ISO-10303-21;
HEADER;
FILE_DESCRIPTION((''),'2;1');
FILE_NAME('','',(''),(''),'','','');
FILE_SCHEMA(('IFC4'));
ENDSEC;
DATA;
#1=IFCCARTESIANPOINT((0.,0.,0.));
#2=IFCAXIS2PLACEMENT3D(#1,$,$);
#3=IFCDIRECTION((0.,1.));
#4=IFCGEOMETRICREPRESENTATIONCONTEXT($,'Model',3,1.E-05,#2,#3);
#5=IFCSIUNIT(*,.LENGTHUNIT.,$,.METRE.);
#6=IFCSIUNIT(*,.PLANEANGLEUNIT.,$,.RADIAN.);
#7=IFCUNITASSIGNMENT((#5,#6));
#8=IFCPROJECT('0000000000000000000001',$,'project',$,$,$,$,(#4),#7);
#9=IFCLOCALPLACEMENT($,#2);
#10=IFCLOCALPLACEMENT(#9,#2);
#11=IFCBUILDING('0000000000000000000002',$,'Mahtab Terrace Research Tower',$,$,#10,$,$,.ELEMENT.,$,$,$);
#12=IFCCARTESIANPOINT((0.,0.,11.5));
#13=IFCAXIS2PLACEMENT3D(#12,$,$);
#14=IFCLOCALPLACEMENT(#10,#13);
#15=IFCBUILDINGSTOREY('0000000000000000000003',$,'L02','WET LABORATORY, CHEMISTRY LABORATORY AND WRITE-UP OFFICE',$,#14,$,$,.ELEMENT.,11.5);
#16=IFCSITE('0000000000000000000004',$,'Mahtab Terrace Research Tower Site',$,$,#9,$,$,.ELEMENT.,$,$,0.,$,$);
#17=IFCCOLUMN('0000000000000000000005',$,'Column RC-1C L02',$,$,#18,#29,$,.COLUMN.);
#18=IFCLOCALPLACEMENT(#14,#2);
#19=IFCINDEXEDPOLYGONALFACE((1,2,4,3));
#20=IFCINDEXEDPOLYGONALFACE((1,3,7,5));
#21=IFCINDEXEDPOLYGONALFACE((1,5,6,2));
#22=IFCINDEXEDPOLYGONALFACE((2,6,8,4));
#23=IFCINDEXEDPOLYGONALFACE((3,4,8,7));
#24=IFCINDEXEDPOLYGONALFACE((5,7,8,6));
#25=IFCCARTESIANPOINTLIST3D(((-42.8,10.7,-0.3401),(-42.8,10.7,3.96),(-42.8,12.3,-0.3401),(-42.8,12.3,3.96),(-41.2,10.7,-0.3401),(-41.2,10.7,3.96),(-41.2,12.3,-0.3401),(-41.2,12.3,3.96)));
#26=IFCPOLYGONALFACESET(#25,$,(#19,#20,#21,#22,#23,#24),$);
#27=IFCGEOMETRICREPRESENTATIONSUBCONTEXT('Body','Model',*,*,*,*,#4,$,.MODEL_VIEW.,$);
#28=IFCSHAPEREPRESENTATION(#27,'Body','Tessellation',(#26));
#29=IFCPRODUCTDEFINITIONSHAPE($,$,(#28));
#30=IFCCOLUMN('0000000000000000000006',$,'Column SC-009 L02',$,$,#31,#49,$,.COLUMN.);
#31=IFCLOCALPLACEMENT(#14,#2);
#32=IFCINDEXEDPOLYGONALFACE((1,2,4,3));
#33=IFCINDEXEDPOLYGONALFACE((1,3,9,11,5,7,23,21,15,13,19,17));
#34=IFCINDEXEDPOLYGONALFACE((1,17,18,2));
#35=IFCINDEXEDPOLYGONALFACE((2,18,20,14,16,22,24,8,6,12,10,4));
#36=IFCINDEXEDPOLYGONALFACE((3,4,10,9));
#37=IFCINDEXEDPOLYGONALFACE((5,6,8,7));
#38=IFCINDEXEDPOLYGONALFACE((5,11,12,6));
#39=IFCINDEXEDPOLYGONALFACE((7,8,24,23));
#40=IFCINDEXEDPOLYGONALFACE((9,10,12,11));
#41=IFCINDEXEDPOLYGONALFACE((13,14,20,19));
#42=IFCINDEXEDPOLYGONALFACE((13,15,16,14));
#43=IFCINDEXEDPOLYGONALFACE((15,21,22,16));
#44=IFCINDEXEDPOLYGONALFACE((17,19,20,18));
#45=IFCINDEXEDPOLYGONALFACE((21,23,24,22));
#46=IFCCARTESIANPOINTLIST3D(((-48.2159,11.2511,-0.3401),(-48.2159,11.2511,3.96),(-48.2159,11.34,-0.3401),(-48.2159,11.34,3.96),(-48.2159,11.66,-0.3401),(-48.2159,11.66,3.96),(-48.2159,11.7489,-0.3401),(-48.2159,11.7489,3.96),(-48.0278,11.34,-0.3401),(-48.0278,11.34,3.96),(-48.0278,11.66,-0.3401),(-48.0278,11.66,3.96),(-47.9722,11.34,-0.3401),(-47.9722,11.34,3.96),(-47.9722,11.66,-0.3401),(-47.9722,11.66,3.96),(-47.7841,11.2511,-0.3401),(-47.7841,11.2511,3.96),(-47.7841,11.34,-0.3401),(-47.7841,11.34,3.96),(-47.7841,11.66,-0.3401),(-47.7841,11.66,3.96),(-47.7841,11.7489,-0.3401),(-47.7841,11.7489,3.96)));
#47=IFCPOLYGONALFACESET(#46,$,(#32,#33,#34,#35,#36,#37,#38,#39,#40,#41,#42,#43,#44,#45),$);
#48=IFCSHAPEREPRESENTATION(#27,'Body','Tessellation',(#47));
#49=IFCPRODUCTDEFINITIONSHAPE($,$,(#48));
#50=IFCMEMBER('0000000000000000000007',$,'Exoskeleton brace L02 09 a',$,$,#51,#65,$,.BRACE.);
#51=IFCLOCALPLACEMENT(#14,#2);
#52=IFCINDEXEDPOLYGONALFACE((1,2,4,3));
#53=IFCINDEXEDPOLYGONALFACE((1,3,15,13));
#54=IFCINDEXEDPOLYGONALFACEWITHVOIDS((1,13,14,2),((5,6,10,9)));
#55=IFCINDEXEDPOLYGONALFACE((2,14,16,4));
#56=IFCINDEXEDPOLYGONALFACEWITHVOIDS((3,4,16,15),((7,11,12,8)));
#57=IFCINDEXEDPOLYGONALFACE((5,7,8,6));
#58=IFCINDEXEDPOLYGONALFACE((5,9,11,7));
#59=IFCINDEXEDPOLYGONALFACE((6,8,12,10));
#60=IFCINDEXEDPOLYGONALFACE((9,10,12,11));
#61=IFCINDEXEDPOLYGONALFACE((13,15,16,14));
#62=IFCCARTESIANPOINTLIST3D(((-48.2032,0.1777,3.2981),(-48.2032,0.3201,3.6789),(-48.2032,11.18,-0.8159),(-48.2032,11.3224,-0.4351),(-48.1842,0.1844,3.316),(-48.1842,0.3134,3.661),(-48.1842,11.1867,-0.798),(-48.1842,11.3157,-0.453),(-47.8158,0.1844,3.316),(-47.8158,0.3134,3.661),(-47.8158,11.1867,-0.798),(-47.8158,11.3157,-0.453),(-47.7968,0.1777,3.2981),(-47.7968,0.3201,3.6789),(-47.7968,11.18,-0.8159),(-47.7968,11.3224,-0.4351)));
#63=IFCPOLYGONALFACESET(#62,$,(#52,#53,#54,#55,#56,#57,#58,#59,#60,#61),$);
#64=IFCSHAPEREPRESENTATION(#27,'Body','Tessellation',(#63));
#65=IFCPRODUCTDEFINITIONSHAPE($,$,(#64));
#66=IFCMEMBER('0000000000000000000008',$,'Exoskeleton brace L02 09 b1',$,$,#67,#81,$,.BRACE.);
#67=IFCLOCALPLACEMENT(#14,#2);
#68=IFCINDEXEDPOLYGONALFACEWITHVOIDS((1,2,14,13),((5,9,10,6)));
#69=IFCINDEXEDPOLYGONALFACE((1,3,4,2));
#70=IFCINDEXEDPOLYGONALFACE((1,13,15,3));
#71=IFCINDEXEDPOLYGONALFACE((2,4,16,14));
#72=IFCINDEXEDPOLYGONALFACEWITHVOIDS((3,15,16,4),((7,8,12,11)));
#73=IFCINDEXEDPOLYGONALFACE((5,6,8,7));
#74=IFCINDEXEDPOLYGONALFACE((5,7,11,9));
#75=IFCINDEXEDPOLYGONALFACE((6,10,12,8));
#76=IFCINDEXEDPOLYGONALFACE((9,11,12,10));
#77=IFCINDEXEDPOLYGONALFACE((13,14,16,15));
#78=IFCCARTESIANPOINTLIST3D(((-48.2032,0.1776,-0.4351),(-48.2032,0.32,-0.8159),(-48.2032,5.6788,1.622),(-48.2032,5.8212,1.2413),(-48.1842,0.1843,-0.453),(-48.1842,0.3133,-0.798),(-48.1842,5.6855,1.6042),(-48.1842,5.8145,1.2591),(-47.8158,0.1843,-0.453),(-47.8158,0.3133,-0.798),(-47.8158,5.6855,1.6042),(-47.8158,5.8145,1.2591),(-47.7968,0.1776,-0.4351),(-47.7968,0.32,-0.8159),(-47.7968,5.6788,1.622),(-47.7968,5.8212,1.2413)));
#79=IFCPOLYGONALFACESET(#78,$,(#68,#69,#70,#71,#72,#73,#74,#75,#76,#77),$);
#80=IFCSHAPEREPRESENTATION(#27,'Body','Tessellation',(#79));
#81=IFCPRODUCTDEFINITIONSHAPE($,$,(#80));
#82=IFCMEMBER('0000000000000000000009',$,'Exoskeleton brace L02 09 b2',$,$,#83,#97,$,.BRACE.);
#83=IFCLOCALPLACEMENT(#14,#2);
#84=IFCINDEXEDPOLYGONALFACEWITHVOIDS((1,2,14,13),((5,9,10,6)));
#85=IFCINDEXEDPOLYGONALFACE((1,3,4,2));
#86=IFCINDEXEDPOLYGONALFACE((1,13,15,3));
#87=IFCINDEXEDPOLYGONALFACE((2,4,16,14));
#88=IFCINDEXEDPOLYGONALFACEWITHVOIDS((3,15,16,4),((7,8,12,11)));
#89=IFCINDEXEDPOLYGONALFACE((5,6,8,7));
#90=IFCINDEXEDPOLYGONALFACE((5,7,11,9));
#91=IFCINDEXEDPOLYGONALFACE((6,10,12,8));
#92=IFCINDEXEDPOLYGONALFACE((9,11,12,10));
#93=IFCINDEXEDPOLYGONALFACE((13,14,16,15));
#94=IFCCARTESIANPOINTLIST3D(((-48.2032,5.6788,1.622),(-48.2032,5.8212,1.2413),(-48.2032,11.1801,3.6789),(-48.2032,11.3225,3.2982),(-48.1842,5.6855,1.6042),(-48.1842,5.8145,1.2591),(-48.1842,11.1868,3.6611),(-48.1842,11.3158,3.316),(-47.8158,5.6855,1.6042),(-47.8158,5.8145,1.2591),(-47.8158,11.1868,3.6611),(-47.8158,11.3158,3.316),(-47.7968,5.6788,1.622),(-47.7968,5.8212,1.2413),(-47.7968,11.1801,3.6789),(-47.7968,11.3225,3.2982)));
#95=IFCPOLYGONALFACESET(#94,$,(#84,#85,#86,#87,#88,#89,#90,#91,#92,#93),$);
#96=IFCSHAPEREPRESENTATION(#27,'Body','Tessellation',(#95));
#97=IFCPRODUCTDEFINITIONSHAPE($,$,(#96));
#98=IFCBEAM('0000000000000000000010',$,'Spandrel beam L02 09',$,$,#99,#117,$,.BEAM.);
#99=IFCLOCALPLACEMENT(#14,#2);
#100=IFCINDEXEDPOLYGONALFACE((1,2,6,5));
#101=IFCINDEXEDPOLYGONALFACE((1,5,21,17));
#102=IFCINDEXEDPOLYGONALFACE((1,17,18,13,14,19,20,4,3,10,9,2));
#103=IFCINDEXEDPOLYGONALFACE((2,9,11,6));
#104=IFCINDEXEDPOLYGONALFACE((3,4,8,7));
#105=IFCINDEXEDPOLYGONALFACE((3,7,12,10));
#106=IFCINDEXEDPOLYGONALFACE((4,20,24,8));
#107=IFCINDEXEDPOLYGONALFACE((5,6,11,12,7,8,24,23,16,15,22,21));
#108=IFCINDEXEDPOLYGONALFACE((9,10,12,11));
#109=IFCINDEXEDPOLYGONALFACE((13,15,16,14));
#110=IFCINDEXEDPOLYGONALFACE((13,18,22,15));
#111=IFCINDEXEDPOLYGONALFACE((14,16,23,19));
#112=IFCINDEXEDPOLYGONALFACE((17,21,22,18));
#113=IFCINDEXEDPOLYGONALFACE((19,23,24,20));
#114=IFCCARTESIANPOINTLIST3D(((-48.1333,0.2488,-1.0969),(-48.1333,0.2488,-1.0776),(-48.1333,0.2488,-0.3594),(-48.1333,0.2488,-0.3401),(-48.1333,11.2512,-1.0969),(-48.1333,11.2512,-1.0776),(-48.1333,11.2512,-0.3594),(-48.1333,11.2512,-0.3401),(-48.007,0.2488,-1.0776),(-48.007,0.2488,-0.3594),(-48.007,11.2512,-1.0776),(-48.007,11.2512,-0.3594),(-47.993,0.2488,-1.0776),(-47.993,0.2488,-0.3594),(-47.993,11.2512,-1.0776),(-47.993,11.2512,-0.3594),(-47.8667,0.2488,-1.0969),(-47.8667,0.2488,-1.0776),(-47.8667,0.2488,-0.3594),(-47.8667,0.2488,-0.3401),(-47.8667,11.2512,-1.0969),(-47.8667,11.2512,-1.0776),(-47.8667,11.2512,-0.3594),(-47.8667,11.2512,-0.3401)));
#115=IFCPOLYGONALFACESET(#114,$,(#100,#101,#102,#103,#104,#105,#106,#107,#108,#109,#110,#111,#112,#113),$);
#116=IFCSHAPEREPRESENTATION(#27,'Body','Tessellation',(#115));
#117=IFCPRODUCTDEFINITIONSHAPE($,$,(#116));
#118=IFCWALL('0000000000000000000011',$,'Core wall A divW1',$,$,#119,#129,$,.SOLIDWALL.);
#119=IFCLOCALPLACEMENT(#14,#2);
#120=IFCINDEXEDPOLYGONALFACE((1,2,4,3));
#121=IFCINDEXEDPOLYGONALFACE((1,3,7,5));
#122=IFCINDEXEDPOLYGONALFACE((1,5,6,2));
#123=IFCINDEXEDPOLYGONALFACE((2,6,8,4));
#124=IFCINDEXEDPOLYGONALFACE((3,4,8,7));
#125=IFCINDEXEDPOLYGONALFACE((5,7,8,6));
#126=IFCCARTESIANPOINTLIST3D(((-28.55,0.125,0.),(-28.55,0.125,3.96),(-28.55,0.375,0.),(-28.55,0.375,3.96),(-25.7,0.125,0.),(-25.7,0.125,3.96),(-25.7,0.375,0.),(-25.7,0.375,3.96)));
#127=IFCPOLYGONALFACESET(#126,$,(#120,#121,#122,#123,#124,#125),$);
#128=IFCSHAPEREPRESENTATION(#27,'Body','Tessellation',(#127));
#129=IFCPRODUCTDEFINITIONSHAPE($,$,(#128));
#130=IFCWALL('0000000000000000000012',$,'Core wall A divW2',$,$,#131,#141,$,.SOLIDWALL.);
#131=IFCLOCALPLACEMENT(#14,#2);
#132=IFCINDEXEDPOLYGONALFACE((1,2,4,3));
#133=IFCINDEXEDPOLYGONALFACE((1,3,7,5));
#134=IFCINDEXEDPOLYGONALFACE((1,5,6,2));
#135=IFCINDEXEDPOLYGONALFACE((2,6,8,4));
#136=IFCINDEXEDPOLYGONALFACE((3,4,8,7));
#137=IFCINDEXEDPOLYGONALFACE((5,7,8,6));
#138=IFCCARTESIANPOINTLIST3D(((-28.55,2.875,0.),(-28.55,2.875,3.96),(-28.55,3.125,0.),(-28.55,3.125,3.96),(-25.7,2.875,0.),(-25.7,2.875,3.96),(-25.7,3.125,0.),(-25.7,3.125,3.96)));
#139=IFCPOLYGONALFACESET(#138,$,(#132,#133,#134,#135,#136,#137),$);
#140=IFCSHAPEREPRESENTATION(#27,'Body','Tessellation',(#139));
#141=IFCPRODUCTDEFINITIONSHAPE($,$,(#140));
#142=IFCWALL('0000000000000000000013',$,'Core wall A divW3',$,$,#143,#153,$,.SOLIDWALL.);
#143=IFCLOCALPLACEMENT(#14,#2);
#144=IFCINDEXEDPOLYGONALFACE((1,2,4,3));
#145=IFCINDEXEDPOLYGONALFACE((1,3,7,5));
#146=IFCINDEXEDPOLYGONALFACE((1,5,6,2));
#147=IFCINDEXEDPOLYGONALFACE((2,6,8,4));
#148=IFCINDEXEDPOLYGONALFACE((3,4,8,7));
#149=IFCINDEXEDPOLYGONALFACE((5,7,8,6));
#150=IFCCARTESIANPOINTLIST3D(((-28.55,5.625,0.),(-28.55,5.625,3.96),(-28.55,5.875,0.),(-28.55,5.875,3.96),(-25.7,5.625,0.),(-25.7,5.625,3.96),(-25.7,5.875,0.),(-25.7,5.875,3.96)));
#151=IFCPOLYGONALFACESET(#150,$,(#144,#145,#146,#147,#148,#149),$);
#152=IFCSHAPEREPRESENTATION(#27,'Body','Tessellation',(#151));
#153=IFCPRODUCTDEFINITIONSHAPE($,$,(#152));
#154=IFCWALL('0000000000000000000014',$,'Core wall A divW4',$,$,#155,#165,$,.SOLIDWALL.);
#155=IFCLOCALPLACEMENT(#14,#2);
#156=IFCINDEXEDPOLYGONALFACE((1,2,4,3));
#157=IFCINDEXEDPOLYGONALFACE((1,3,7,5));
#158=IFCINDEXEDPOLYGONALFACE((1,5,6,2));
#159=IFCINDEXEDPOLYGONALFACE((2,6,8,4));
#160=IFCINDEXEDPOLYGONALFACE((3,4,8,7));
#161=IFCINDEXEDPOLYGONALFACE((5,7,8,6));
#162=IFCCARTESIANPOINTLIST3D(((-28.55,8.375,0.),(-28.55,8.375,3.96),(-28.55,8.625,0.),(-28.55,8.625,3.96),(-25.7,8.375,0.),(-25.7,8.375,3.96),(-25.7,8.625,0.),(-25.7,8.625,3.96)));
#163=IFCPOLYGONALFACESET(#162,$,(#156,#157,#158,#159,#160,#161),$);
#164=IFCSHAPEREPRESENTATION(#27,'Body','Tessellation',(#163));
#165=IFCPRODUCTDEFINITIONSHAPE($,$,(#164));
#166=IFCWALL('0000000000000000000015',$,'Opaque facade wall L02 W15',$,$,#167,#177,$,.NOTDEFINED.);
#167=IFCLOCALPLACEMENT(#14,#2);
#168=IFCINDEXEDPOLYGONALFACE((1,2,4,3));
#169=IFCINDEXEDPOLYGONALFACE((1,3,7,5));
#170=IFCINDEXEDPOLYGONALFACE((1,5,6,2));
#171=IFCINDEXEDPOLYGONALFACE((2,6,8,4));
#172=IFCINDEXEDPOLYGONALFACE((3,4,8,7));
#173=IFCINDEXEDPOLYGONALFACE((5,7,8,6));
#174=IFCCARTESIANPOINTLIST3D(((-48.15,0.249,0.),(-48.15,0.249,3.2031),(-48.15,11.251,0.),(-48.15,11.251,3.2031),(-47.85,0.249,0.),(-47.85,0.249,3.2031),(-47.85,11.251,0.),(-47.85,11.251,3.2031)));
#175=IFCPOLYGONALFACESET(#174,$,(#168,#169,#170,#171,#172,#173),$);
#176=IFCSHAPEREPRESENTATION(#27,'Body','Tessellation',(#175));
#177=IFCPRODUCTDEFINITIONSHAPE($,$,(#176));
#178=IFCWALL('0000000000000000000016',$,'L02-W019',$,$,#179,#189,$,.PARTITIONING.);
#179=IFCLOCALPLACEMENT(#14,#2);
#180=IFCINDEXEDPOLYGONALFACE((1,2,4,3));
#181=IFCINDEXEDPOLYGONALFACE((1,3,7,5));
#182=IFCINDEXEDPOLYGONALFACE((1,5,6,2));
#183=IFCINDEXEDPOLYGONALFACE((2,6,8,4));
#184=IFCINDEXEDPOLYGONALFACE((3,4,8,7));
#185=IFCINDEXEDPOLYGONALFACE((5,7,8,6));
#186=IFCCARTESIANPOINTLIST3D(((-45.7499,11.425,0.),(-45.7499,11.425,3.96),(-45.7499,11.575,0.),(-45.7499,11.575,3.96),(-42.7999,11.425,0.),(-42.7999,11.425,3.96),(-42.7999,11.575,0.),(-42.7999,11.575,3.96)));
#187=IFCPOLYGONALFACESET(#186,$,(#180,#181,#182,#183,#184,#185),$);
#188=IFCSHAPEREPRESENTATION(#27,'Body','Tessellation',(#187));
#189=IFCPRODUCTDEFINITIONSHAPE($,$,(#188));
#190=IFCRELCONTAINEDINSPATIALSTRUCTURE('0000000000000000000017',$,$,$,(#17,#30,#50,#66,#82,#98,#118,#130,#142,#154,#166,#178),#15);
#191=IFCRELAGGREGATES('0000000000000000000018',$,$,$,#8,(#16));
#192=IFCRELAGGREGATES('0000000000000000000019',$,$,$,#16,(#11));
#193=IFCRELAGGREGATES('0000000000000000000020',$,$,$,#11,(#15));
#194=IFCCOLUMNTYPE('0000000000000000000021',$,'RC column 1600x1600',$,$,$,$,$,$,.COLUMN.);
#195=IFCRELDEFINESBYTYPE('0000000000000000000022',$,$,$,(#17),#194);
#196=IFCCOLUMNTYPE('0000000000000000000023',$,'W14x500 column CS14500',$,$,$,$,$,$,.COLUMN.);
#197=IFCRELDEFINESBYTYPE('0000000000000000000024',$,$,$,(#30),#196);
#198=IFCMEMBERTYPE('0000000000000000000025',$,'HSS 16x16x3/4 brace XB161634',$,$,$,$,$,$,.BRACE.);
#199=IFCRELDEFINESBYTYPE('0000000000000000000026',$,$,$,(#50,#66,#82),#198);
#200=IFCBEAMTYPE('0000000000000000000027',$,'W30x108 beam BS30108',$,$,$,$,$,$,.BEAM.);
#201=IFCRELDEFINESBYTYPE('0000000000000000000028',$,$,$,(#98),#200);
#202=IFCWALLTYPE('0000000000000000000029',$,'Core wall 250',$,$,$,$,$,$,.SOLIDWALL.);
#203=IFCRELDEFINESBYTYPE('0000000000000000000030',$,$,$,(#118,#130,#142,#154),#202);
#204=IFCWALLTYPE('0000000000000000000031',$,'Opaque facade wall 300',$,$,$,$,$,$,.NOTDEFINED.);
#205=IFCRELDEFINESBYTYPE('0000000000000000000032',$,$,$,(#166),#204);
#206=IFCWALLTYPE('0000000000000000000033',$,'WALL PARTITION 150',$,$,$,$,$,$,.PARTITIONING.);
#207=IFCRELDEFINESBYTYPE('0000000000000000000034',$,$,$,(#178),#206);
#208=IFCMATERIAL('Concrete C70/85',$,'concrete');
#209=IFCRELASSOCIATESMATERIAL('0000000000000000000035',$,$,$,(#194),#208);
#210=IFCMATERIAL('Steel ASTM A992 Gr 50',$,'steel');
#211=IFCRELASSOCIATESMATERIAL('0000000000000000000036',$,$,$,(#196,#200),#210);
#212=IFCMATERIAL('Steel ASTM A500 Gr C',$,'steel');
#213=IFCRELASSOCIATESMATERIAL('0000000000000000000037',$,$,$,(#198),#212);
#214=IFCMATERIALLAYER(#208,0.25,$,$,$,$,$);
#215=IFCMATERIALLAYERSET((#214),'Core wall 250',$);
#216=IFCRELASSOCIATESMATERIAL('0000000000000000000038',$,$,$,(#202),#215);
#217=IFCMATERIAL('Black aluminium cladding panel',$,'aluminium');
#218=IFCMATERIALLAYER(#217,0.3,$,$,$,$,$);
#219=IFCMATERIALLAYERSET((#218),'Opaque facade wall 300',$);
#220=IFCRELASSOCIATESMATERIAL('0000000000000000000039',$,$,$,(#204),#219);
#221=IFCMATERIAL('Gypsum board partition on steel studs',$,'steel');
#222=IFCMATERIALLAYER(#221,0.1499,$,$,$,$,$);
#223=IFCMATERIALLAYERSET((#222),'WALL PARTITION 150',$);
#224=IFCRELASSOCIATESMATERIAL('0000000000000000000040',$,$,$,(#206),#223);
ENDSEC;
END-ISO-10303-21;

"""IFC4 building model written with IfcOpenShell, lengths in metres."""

from ifc_helpers import new_model, si_unit, direction, frame, frame_2d, origin, origin_2d, place, context, subcontext, project, spatial, rectangle, hollow_rectangle, i_section, extrude, material, layer, layer_set, material_profile, profile_set, type_object, element, save


model = new_model("IFC4")

# Units and contexts
model_context = context("Model", 3, precision=1e-05, world=origin(), true_north=direction((0.0, 1.0)))
body_context = subcontext(model_context, "Body", "Model", "MODEL_VIEW")
ifc_project = project(units=[si_unit("LENGTHUNIT", "METRE"), si_unit("PLANEANGLEUNIT", "RADIAN")], contexts=[model_context])

# Site, building, storey
site_placement = place(None, origin())
site = spatial("IfcSite", under=ifc_project, at=site_placement, Name="Mahtab Terrace Research Tower Site", CompositionType="ELEMENT", RefElevation=0.0)
building_placement = place(site_placement, origin())
building = spatial("IfcBuilding", under=site, at=building_placement, Name="Mahtab Terrace Research Tower", CompositionType="ELEMENT")
storey_placement = place(building_placement, frame((0.0, 0.0, 11.5)))
storey = spatial("IfcBuildingStorey", under=building, at=storey_placement, Name="L02", Description="WET LABORATORY, CHEMISTRY LABORATORY AND WRITE-UP OFFICE", CompositionType="ELEMENT", Elevation=11.5)

# Columns
ifc_material_1 = material(Name="Concrete C70/85", Category="concrete")
ifc_material_profile_1 = material_profile(ifc_material_1, rectangle(XDim=1.6001, YDim=1.6001, at=origin_2d()), Name="RC column 1600x1600")
ifc_profile_set_1 = profile_set([ifc_material_profile_1], Name="Concrete C70/85")
column_type_1 = type_object("IfcColumnType", Name="RC column 1600x1600", PredefinedType="COLUMN", material=ifc_profile_set_1)
column_1_placement = place(storey_placement, frame((-42.0, 11.5, -0.3401), z_axis=(0.0, 0.0, 1.0), x_axis=(1.0, 0.0, 0.0)))
element("IfcColumn", 1, at=column_1_placement, inside=storey, type_object=column_type_1, Name="Column RC-1C L02", PredefinedType="COLUMN", context=body_context, shape_type="SweptSolid", body=[
    extrude(rectangle(XDim=1.6001, YDim=1.6001, at=origin_2d()), origin(), (0.0, 0.0, 1.0), 4.3),
])
ifc_material_2 = material(Name="Steel ASTM A992 Gr 50", Category="steel")
ifc_material_profile_2 = material_profile(ifc_material_2, i_section(OverallWidth=0.4319, OverallDepth=0.4978, WebThickness=0.0557, FlangeThickness=0.0889, at=origin_2d()), Name="W14X500")
ifc_profile_set_2 = profile_set([ifc_material_profile_2], Name="Steel ASTM A992 Gr 50")
column_type_2 = type_object("IfcColumnType", Name="W14x500 column CS14500", PredefinedType="COLUMN", material=ifc_profile_set_2)
column_2_placement = place(storey_placement, frame((-48.0, 11.5, -0.3401), z_axis=(0.0, 0.0, 1.0), x_axis=(1.0, 0.0, 0.0)))
element("IfcColumn", 2, at=column_2_placement, inside=storey, type_object=column_type_2, Name="Column SC-009 L02", PredefinedType="COLUMN", context=body_context, shape_type="SweptSolid", body=[
    extrude(i_section(OverallWidth=0.4319, OverallDepth=0.4978, WebThickness=0.0557, FlangeThickness=0.0889, at=origin_2d()), origin(), (0.0, 0.0, 1.0), 4.3),
])

# Members
ifc_material_3 = material(Name="Steel ASTM A500 Gr C", Category="steel")
ifc_material_profile_3 = material_profile(ifc_material_3, hollow_rectangle(XDim=0.4065, YDim=0.4065, WallThickness=0.019, at=origin_2d()), Name="HSS16X16X3/4")
ifc_profile_set_3 = profile_set([ifc_material_profile_3], Name="Steel ASTM A500 Gr C")
member_type = type_object("IfcMemberType", Name="HSS 16x16x3/4 brace XB161634", PredefinedType="BRACE", material=ifc_profile_set_3)
member_placement = place(storey_placement, frame((-48.0, 11.2512, -0.6255), z_axis=(0.0, -0.936662, 0.350235), x_axis=(1.0, 0.0, 0.0)))
element("IfcMember", 3, at=member_placement, inside=storey, type_object=member_type, Name="Exoskeleton brace L02 09 a", PredefinedType="BRACE", context=body_context, shape_type="SweptSolid", body=[
    extrude(hollow_rectangle(XDim=0.4065, YDim=0.4065, WallThickness=0.019, at=origin_2d()), origin(), (0.0, 0.0, 1.0), 11.7463),
])
for number, where, z_axis, x_axis, name in (
    (4, (-48.0, 0.2488, -0.6255), (0.0, 0.936655, 0.350253), (-1.0, 0.0, 0.0), "Exoskeleton brace L02 09 b1"),
    (5, (-48.0, 5.75, 1.4316), (0.0, 0.936669, 0.350217), (-1.0, 0.0, 0.0), "Exoskeleton brace L02 09 b2"),
):
    element("IfcMember", number, at=place(storey_placement, frame(where, z_axis=z_axis, x_axis=x_axis)), inside=storey, type_object=member_type, Name=name, PredefinedType="BRACE", context=body_context, shape_type="SweptSolid", body=[
        extrude(hollow_rectangle(XDim=0.4065, YDim=0.4065, WallThickness=0.019, at=origin_2d()), origin(), (0.0, 0.0, 1.0), 5.8733),
    ])

# Beam
ifc_material_profile_4 = material_profile(ifc_material_2, i_section(OverallWidth=0.2666, OverallDepth=0.7568, WebThickness=0.0139, FlangeThickness=0.0193, at=origin_2d()), Name="W30X108")
ifc_profile_set_4 = profile_set([ifc_material_profile_4], Name="Steel ASTM A992 Gr 50")
beam_type = type_object("IfcBeamType", Name="W30x108 beam BS30108", PredefinedType="BEAM", material=ifc_profile_set_4)
beam_placement = place(storey_placement, frame((-48.0, 11.2512, -0.7185), z_axis=(0.0, -1.0, 0.0), x_axis=(1.0, 0.0, 0.0)))
element("IfcBeam", 6, at=beam_placement, inside=storey, type_object=beam_type, Name="Spandrel beam L02 09", PredefinedType="BEAM", context=body_context, shape_type="SweptSolid", body=[
    extrude(i_section(OverallWidth=0.2666, OverallDepth=0.7568, WebThickness=0.0139, FlangeThickness=0.0193, at=origin_2d()), origin(), (0.0, 0.0, 1.0), 11.0024),
])

# Walls
ifc_layer_1 = layer(ifc_material_1, 0.25)
ifc_layer_set_1 = layer_set([ifc_layer_1], Name="Core wall 250")
wall_type_1 = type_object("IfcWallType", Name="Core wall 250", PredefinedType="SOLIDWALL", material=ifc_layer_set_1)
for number, where, z_axis, x_axis, name in (
    (7, (-28.55, 0.25, 0.0), (0.0, 0.0, 1.0), (1.0, 0.0, 0.0), "Core wall A divW1"),
    (8, (-28.55, 3.0, 0.0), (0.0, 0.0, 1.0), (1.0, 0.0, 0.0), "Core wall A divW2"),
    (9, (-28.55, 5.75, 0.0), (0.0, 0.0, 1.0), (1.0, 0.0, 0.0), "Core wall A divW3"),
    (10, (-28.55, 8.5, 0.0), (0.0, 0.0, 1.0), (1.0, 0.0, 0.0), "Core wall A divW4"),
):
    element("IfcWall", number, at=place(storey_placement, frame(where, z_axis=z_axis, x_axis=x_axis)), inside=storey, type_object=wall_type_1, Name=name, PredefinedType="SOLIDWALL", context=body_context, shape_type="SweptSolid", body=[
        extrude(rectangle(XDim=2.8501, YDim=0.25, at=frame_2d((1.425, 0.0))), origin(), (0.0, 0.0, 1.0), 3.96),
    ])
ifc_material_4 = material(Name="Black aluminium cladding panel", Category="aluminium")
ifc_layer_2 = layer(ifc_material_4, 0.3)
ifc_layer_set_2 = layer_set([ifc_layer_2], Name="Opaque facade wall 300")
wall_type_2 = type_object("IfcWallType", Name="Opaque facade wall 300", PredefinedType="NOTDEFINED", material=ifc_layer_set_2)
wall_1_placement = place(storey_placement, frame((-48.0, 11.251, 0.0), z_axis=(0.0, 0.0, 1.0), x_axis=(0.0, -1.0, 0.0)))
element("IfcWall", 11, at=wall_1_placement, inside=storey, type_object=wall_type_2, Name="Opaque facade wall L02 W15", PredefinedType="NOTDEFINED", context=body_context, shape_type="SweptSolid", body=[
    extrude(rectangle(XDim=11.002, YDim=0.3, at=frame_2d((5.501, 0.0))), origin(), (0.0, 0.0, 1.0), 3.2031),
])
ifc_material_5 = material(Name="Gypsum board partition on steel studs", Category="steel")
ifc_layer_3 = layer(ifc_material_5, 0.1499)
ifc_layer_set_3 = layer_set([ifc_layer_3], Name="WALL PARTITION 150")
wall_type_3 = type_object("IfcWallType", Name="WALL PARTITION 150", PredefinedType="PARTITIONING", material=ifc_layer_set_3)
wall_2_placement = place(storey_placement, frame((-45.75, 11.5, 0.0), z_axis=(0.0, 0.0, 1.0), x_axis=(1.0, 0.0, 0.0)))
element("IfcWall", 12, at=wall_2_placement, inside=storey, type_object=wall_type_3, Name="L02-W019", PredefinedType="PARTITIONING", context=body_context, shape_type="SweptSolid", body=[
    extrude(rectangle(XDim=2.95, YDim=0.1499, at=frame_2d((1.4751, 0.0))), origin(), (0.0, 0.0, 1.0), 3.96),
])

save(model, "model.ifc")
